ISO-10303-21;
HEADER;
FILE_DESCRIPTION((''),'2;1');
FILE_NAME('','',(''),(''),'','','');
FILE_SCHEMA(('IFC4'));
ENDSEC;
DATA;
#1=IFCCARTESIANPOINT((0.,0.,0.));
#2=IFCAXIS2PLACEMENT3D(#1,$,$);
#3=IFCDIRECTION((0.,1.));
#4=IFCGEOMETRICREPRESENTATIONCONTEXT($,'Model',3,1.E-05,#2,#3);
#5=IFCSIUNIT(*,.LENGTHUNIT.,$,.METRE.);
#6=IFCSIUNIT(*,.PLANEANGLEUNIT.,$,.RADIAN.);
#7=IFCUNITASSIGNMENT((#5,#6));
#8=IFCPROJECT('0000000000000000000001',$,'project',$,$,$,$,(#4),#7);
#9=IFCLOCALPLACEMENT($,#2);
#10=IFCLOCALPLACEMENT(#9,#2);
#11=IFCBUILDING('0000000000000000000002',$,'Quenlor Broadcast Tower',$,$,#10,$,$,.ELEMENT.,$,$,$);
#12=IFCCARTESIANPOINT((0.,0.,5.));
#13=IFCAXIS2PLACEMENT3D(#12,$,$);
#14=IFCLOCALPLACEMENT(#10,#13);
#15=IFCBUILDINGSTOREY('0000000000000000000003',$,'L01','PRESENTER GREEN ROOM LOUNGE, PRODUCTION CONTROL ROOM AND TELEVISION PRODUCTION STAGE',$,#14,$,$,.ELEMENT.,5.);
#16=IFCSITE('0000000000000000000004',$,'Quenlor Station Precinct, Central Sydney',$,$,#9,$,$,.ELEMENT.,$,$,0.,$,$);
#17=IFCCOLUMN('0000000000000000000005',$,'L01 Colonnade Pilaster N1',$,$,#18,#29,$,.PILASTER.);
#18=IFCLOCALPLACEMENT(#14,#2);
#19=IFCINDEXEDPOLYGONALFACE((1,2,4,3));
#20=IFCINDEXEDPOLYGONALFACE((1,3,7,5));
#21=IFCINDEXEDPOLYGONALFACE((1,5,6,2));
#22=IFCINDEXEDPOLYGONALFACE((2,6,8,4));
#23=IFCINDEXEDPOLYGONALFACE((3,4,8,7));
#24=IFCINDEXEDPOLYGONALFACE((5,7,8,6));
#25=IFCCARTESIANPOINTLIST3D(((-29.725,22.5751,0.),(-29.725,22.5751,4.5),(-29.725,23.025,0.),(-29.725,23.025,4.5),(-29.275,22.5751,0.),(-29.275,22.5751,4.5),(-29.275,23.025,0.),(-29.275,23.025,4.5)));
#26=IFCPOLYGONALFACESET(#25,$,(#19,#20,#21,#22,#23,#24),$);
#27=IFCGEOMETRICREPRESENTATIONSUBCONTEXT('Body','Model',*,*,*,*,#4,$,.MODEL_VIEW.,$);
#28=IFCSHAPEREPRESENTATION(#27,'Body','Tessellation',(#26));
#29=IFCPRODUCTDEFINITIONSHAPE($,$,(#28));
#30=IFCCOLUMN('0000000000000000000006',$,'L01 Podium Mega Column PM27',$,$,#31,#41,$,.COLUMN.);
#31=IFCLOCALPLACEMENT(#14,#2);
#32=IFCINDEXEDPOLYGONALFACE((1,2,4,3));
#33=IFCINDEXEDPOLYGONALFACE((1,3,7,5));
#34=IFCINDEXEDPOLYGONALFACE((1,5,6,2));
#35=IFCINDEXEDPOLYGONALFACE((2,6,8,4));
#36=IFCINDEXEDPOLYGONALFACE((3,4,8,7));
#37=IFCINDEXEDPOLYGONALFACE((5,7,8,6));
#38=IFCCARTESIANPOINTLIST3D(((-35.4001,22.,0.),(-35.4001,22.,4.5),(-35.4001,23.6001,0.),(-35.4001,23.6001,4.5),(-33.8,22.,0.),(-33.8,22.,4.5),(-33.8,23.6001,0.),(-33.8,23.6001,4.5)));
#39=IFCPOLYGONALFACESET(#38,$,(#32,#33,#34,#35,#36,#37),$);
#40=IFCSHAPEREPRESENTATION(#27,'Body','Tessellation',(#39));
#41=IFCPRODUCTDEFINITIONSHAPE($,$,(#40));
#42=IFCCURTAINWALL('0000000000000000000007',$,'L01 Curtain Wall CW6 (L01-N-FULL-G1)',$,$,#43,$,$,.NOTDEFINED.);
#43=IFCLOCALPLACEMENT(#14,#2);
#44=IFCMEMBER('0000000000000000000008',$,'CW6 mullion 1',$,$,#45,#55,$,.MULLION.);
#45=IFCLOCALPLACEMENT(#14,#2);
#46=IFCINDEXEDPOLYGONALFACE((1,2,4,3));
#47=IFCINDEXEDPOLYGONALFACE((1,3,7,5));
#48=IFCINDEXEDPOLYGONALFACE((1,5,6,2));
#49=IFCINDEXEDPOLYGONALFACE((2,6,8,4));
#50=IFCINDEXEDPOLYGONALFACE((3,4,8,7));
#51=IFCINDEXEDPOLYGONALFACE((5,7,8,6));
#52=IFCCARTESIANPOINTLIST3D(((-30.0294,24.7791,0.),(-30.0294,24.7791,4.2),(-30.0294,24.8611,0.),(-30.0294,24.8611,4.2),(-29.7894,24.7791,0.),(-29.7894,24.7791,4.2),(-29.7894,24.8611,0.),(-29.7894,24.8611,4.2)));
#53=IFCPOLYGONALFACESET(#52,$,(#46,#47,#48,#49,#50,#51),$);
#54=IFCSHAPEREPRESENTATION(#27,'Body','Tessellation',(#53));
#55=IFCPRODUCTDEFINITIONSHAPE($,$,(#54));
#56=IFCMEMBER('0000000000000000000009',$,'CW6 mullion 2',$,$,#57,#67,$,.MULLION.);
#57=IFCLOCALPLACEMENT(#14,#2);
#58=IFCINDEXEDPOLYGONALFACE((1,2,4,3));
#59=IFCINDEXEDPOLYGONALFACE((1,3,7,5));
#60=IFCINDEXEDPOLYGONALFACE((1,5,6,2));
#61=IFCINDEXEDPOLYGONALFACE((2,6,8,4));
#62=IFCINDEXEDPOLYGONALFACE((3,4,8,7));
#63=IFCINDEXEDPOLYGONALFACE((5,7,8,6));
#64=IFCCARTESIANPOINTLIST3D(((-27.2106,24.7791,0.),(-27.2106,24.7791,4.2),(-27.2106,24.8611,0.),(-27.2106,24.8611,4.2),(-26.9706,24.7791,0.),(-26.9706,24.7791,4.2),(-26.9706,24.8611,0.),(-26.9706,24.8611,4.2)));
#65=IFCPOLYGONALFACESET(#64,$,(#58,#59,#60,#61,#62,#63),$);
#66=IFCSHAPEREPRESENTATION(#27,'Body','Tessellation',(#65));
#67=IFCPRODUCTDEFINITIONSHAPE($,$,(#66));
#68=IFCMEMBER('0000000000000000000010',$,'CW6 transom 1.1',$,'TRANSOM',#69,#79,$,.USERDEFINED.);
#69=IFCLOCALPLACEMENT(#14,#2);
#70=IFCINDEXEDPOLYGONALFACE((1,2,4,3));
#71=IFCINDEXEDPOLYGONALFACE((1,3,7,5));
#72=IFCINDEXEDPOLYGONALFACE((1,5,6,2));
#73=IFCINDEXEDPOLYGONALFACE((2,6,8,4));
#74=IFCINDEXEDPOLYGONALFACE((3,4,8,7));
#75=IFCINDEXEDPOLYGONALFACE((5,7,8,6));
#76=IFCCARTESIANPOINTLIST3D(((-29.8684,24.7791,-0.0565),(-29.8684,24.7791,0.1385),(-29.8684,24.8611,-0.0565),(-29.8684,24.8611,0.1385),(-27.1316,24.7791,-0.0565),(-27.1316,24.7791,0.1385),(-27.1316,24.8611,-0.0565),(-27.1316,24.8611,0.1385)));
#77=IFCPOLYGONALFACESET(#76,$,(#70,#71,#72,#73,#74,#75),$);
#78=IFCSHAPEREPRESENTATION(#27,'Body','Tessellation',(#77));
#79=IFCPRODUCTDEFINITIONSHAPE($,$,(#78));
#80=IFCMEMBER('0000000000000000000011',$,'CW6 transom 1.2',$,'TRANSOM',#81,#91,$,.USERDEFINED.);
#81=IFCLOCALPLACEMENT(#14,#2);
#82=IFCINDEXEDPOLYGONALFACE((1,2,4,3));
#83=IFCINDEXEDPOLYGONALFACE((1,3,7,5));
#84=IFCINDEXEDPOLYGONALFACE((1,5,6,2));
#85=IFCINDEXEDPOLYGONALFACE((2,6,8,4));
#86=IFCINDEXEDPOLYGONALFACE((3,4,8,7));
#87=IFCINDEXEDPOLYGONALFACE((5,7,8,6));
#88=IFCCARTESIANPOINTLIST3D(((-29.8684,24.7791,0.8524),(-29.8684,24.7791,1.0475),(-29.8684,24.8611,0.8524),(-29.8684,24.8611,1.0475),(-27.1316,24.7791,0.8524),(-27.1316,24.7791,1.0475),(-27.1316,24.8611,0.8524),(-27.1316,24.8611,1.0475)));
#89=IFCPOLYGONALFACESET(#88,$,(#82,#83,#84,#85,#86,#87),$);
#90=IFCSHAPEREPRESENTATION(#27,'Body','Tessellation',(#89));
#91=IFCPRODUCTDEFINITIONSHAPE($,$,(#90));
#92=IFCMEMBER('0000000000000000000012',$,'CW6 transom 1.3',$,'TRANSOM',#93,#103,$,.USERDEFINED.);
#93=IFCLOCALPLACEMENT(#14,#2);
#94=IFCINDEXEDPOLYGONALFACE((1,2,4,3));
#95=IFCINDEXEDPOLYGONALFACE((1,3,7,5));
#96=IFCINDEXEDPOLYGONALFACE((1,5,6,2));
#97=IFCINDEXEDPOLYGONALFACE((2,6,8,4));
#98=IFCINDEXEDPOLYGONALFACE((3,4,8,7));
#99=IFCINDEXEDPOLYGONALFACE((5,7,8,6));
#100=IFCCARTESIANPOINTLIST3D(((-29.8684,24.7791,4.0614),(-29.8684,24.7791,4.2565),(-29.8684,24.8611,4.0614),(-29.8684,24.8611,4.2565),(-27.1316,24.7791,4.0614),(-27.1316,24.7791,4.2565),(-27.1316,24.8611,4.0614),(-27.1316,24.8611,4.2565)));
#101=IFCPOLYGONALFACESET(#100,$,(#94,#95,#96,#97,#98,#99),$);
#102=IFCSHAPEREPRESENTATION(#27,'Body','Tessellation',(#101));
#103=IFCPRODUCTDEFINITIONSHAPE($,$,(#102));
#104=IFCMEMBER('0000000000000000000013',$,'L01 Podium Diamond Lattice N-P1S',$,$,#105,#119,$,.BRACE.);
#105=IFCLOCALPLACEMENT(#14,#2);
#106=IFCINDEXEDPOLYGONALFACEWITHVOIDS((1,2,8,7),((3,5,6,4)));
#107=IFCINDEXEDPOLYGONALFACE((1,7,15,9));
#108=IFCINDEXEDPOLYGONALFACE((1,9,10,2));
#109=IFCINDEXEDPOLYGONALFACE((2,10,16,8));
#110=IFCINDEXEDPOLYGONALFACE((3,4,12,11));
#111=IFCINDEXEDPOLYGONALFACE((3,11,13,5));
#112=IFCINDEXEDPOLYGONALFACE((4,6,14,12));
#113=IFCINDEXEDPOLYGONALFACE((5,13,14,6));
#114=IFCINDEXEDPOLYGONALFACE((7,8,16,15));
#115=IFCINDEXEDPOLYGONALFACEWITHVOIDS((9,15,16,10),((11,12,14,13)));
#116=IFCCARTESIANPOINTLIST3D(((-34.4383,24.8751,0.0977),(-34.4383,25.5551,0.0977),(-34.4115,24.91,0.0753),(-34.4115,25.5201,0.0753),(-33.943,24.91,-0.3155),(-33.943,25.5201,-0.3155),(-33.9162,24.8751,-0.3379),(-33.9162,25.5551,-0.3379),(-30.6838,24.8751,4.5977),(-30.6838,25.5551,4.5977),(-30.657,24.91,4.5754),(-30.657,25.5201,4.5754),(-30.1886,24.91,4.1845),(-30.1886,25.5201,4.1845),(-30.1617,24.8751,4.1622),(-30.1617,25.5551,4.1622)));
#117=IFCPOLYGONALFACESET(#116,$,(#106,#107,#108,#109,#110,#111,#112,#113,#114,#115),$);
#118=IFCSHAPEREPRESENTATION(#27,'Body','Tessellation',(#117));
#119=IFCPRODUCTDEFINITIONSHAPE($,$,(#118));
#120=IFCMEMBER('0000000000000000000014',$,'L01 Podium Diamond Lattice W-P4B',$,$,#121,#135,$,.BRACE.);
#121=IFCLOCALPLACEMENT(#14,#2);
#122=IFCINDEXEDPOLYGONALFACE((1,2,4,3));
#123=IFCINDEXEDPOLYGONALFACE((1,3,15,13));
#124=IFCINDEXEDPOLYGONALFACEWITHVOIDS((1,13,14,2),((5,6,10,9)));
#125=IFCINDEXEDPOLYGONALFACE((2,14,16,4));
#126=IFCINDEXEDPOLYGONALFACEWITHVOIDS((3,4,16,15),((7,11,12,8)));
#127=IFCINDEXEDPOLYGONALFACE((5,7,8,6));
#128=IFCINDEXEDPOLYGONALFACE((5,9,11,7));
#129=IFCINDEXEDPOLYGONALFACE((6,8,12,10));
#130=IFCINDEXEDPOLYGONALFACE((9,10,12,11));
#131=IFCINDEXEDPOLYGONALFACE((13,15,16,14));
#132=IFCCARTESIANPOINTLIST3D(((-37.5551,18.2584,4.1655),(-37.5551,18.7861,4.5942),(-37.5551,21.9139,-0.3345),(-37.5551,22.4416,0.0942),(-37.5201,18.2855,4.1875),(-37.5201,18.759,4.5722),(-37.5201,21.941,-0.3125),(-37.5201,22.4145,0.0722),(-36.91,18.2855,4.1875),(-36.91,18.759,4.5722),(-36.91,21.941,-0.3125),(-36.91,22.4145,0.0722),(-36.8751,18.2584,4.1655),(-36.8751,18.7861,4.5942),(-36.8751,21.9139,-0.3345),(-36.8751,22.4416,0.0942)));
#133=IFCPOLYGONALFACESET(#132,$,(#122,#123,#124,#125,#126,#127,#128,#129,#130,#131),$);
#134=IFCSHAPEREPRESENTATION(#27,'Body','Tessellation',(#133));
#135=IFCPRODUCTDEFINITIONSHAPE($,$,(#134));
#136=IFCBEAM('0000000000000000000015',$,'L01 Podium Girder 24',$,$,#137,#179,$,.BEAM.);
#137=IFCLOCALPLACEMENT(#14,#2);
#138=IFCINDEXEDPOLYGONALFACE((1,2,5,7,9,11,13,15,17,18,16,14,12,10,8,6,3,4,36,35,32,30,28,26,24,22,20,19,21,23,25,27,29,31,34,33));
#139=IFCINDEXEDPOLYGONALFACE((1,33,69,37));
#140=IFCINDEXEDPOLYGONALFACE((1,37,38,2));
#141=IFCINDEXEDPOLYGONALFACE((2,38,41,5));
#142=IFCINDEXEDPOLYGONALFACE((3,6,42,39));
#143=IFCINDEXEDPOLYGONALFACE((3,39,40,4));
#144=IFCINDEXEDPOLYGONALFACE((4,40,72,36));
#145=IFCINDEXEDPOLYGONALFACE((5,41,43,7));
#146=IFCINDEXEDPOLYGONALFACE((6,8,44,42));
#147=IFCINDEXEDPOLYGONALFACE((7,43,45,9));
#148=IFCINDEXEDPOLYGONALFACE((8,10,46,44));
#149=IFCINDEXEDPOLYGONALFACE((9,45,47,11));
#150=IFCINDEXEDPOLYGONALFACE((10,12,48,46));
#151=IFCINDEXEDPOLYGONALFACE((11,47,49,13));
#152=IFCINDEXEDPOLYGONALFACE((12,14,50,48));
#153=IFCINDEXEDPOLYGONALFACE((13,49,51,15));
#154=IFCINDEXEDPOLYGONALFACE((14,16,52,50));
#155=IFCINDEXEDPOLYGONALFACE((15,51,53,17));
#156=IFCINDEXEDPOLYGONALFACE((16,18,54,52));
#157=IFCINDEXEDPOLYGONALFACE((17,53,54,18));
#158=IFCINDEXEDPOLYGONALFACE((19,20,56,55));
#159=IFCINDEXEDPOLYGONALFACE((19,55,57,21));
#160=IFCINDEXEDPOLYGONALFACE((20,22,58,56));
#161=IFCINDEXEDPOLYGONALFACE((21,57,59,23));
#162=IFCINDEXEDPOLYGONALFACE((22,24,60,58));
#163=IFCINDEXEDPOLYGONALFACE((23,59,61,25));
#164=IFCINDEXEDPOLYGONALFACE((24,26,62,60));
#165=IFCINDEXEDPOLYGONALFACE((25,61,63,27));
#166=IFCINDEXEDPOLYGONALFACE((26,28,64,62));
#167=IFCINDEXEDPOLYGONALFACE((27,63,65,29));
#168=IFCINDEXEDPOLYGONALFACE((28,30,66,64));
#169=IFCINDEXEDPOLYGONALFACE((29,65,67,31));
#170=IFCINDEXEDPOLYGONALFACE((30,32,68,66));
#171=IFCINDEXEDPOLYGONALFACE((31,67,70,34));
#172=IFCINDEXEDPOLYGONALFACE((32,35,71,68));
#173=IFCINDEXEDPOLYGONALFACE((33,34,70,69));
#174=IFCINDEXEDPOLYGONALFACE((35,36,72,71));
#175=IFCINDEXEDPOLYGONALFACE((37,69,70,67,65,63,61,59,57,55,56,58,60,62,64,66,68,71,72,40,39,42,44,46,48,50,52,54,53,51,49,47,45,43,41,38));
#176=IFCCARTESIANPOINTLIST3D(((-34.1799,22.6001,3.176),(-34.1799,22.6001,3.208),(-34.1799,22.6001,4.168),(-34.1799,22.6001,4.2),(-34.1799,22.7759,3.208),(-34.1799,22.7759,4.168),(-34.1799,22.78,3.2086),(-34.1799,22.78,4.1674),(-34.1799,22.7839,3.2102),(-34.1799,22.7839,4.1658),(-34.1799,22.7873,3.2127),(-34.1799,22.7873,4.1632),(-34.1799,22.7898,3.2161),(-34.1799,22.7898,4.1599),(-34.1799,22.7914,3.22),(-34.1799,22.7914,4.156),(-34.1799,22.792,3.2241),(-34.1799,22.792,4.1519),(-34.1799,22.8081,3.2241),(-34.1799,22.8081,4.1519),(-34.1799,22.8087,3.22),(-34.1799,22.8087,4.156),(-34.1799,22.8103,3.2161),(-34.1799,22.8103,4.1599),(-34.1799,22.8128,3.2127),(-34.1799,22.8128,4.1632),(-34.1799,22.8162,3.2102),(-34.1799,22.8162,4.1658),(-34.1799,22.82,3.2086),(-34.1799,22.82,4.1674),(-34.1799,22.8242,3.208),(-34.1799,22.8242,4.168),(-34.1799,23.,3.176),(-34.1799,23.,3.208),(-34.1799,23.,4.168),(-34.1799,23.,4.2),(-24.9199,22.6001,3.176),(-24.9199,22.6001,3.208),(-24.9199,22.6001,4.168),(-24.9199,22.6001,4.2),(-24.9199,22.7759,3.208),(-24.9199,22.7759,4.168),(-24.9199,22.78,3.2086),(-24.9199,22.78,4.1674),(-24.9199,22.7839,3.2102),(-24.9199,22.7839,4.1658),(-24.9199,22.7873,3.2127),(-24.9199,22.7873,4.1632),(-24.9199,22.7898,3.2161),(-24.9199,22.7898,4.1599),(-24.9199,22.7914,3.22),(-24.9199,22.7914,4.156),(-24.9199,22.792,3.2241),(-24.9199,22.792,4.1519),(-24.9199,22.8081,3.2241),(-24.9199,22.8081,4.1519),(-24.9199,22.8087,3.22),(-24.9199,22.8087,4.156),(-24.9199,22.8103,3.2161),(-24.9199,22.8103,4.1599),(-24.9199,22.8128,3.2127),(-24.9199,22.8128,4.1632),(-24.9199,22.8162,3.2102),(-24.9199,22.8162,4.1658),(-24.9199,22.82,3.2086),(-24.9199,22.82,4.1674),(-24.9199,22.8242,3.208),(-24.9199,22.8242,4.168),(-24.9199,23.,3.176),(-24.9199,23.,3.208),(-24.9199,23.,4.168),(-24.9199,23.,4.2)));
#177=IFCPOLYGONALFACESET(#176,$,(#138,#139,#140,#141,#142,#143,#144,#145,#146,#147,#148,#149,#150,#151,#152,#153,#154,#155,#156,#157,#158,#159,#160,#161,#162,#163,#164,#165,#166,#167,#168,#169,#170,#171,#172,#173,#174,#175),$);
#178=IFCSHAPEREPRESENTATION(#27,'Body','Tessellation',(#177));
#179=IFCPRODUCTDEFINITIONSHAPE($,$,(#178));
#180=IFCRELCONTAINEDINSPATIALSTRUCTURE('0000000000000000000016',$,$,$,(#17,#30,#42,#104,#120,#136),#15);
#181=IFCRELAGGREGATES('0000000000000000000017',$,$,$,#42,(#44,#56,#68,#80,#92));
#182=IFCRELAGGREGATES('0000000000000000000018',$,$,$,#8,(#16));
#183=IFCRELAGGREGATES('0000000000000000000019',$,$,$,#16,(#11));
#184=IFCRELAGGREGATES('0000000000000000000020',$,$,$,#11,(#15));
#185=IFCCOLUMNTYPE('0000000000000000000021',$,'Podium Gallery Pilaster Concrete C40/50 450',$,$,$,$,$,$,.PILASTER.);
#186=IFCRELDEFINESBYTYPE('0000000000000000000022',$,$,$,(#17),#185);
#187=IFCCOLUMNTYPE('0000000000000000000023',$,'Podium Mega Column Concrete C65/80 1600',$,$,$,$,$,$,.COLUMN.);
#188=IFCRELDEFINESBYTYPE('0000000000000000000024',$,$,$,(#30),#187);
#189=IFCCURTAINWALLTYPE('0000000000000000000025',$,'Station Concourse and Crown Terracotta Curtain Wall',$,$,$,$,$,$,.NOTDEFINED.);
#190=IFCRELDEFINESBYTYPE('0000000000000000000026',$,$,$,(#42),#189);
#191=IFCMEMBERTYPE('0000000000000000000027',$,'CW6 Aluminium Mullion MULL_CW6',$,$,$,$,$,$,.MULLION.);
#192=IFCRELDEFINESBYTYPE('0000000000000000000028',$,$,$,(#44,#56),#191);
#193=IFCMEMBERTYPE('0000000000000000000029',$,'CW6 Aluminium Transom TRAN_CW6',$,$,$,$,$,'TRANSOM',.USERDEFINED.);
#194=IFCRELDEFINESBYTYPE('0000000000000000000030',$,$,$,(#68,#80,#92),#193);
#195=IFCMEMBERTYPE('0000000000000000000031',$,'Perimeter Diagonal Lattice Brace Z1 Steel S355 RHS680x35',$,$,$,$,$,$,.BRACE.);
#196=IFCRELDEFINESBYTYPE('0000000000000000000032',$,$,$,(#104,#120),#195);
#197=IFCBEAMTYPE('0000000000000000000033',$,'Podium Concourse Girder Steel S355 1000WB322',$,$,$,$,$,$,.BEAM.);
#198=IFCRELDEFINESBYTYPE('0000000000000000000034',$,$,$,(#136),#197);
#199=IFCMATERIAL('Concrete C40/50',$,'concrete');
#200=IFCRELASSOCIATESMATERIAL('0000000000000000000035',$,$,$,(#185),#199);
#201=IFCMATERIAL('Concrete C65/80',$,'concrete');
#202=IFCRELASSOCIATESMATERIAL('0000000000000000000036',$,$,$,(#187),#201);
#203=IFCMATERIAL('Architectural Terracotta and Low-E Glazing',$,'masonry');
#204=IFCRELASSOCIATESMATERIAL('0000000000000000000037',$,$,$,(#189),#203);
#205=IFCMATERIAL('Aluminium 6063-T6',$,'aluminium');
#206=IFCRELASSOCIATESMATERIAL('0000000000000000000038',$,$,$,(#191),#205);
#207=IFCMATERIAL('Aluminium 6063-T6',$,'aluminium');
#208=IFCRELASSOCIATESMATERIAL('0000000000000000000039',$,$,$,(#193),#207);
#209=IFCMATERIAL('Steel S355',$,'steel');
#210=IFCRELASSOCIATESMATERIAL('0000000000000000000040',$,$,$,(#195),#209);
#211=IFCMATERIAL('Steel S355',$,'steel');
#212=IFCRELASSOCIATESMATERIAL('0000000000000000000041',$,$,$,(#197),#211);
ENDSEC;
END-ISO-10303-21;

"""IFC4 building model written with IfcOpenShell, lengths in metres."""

from ifc_helpers import new_model, si_unit, direction, frame, origin, origin_2d, place, context, subcontext, project, spatial, rectangle, hollow_rectangle, i_section, extrude, material, material_profile, profile_set, type_object, element, aggregate, save


model = new_model("IFC4")

# Units and contexts
model_context = context("Model", 3, precision=1e-05, world=origin(), true_north=direction((0.0, 1.0)))
body_context = subcontext(model_context, "Body", "Model", "MODEL_VIEW")
ifc_project = project(units=[si_unit("LENGTHUNIT", "METRE"), si_unit("PLANEANGLEUNIT", "RADIAN")], contexts=[model_context])

# Site, building, storey
site_placement = place(None, origin())
site = spatial("IfcSite", under=ifc_project, at=site_placement, Name="Quenlor Station Precinct, Central Sydney", CompositionType="ELEMENT", RefElevation=0.0)
building_placement = place(site_placement, origin())
building = spatial("IfcBuilding", under=site, at=building_placement, Name="Quenlor Broadcast Tower", CompositionType="ELEMENT")
storey_placement = place(building_placement, frame((0.0, 0.0, 5.0)))
storey = spatial("IfcBuildingStorey", under=building, at=storey_placement, Name="L01", Description="PRESENTER GREEN ROOM LOUNGE, PRODUCTION CONTROL ROOM AND TELEVISION PRODUCTION STAGE", CompositionType="ELEMENT", Elevation=5.0)

# Columns
ifc_material_1 = material(Name="Concrete C40/50", Category="concrete")
ifc_material_profile_1 = material_profile(ifc_material_1, rectangle(XDim=0.45, YDim=0.45, at=origin_2d()))
ifc_profile_set_1 = profile_set([ifc_material_profile_1], Name="Concrete C40/50 PIL450x450")
column_type_1 = type_object("IfcColumnType", Name="Podium Gallery Pilaster Concrete C40/50 450", PredefinedType="PILASTER", material=ifc_profile_set_1)
column_1_placement = place(storey_placement, frame((-29.5, 22.8, 0.0), z_axis=(0.0, 0.0, 1.0), x_axis=(1.0, 0.0, 0.0)))
element("IfcColumn", 1, at=column_1_placement, inside=storey, type_object=column_type_1, Name="L01 Colonnade Pilaster N1", PredefinedType="PILASTER", context=body_context, shape_type="SweptSolid", body=[
    extrude(rectangle(XDim=0.45, YDim=0.45, at=origin_2d()), origin(), (0.0, 0.0, 1.0), 4.5),
])
ifc_material_2 = material(Name="Concrete C65/80", Category="concrete")
ifc_material_profile_2 = material_profile(ifc_material_2, rectangle(XDim=1.6001, YDim=1.6001, at=origin_2d()))
ifc_profile_set_2 = profile_set([ifc_material_profile_2], Name="Concrete C65/80 RC1600x1600")
column_type_2 = type_object("IfcColumnType", Name="Podium Mega Column Concrete C65/80 1600", PredefinedType="COLUMN", material=ifc_profile_set_2)
column_2_placement = place(storey_placement, frame((-34.6001, 22.8, 0.0), z_axis=(0.0, 0.0, 1.0), x_axis=(1.0, 0.0, 0.0)))
element("IfcColumn", 2, at=column_2_placement, inside=storey, type_object=column_type_2, Name="L01 Podium Mega Column PM27", PredefinedType="COLUMN", context=body_context, shape_type="SweptSolid", body=[
    extrude(rectangle(XDim=1.6001, YDim=1.6001, at=origin_2d()), origin(), (0.0, 0.0, 1.0), 4.5),
])

# Curtain wall, members
ifc_material_3 = material(Name="Architectural Terracotta and Low-E Glazing", Category="masonry")
curtain_wall_type = type_object("IfcCurtainWallType", Name="Station Concourse and Crown Terracotta Curtain Wall", PredefinedType="NOTDEFINED", material=ifc_material_3)
curtain_wall_placement = place(storey_placement, origin())
curtain_wall = element("IfcCurtainWall", 3, at=curtain_wall_placement, inside=storey, type_object=curtain_wall_type, Name="L01 Curtain Wall CW6 (L01-N-FULL-G1)", PredefinedType="NOTDEFINED")
ifc_material_4 = material(Name="Aluminium 6063-T6", Category="aluminium")
ifc_material_profile_3 = material_profile(ifc_material_4, rectangle(XDim=0.082, YDim=0.24, at=origin_2d()))
ifc_profile_set_3 = profile_set([ifc_material_profile_3], Name="Aluminium 6063-T6 MULL82x240")
member_type_1 = type_object("IfcMemberType", Name="CW6 Aluminium Mullion MULL_CW6", PredefinedType="MULLION", material=ifc_profile_set_3)
member_1_placement = place(storey_placement, frame((-29.9094, 24.8201, 0.0), z_axis=(0.0, 0.0, 1.0), x_axis=(0.0, 1.0, 0.0)))
member_1 = element("IfcMember", 4, at=member_1_placement, type_object=member_type_1, Name="CW6 mullion 1", PredefinedType="MULLION", context=body_context, shape_type="SweptSolid", body=[
    extrude(rectangle(XDim=0.082, YDim=0.24, at=origin_2d()), origin(), (0.0, 0.0, 1.0), 4.2),
])
member_2_placement = place(storey_placement, frame((-27.0906, 24.8201, 0.0), z_axis=(0.0, 0.0, 1.0), x_axis=(0.0, 1.0, 0.0)))
member_2 = element("IfcMember", 5, at=member_2_placement, type_object=member_type_1, Name="CW6 mullion 2", PredefinedType="MULLION", context=body_context, shape_type="SweptSolid", body=[
    extrude(rectangle(XDim=0.082, YDim=0.24, at=origin_2d()), origin(), (0.0, 0.0, 1.0), 4.2),
])
ifc_material_5 = material(Name="Aluminium 6063-T6", Category="aluminium")
ifc_material_profile_4 = material_profile(ifc_material_5, rectangle(XDim=0.082, YDim=0.1951, at=origin_2d()))
ifc_profile_set_4 = profile_set([ifc_material_profile_4], Name="Aluminium 6063-T6 TRAN82x195")
member_type_2 = type_object("IfcMemberType", Name="CW6 Aluminium Transom TRAN_CW6", ElementType="TRANSOM", PredefinedType="USERDEFINED", material=ifc_profile_set_4)
member_3_placement = place(storey_placement, frame((-29.8684, 24.8201, 0.041), z_axis=(1.0, 0.0, 0.0), x_axis=(0.0, 1.0, 0.0)))
member_3 = element("IfcMember", 6, at=member_3_placement, type_object=member_type_2, Name="CW6 transom 1.1", ObjectType="TRANSOM", PredefinedType="USERDEFINED", context=body_context, shape_type="SweptSolid", body=[
    extrude(rectangle(XDim=0.082, YDim=0.1951, at=origin_2d()), origin(), (0.0, 0.0, 1.0), 2.7368),
])
member_4_placement = place(storey_placement, frame((-29.8684, 24.8201, 0.95), z_axis=(1.0, 0.0, 0.0), x_axis=(0.0, 1.0, 0.0)))
member_4 = element("IfcMember", 7, at=member_4_placement, type_object=member_type_2, Name="CW6 transom 1.2", ObjectType="TRANSOM", PredefinedType="USERDEFINED", context=body_context, shape_type="SweptSolid", body=[
    extrude(rectangle(XDim=0.082, YDim=0.1951, at=origin_2d()), origin(), (0.0, 0.0, 1.0), 2.7368),
])
member_5_placement = place(storey_placement, frame((-29.8684, 24.8201, 4.1589), z_axis=(1.0, 0.0, 0.0), x_axis=(0.0, 1.0, 0.0)))
member_5 = element("IfcMember", 8, at=member_5_placement, type_object=member_type_2, Name="CW6 transom 1.3", ObjectType="TRANSOM", PredefinedType="USERDEFINED", context=body_context, shape_type="SweptSolid", body=[
    extrude(rectangle(XDim=0.082, YDim=0.1951, at=origin_2d()), origin(), (0.0, 0.0, 1.0), 2.7368),
])

# Members
ifc_material_6 = material(Name="Steel S355", Category="steel")
ifc_material_profile_5 = material_profile(ifc_material_6, hollow_rectangle(XDim=0.6799, YDim=0.6799, WallThickness=0.0349, at=origin_2d()))
ifc_profile_set_5 = profile_set([ifc_material_profile_5], Name="Steel S355 RHS680x680x35")
member_type_3 = type_object("IfcMemberType", Name="Perimeter Diagonal Lattice Brace Z1 Steel S355 RHS680x35", PredefinedType="BRACE", material=ifc_profile_set_5)
member_6_placement = place(storey_placement, frame((-34.1772, 25.2151, -0.1201), z_axis=(0.640627, 0.0, 0.767852), x_axis=(0.0, 1.0, 0.0)))
element("IfcMember", 9, at=member_6_placement, inside=storey, type_object=member_type_3, Name="L01 Podium Diamond Lattice N-P1S", PredefinedType="BRACE", context=body_context, shape_type="SweptSolid", body=[
    extrude(hollow_rectangle(XDim=0.6799, YDim=0.6799, WallThickness=0.0349, at=origin_2d()), origin(), (0.0, 0.0, 1.0), 5.8606),
])
member_7_placement = place(storey_placement, frame((-37.2151, 22.1777, -0.1201), z_axis=(0.0, -0.630517, 0.776176), x_axis=(1.0, 0.0, 0.0)))
element("IfcMember", 10, at=member_7_placement, inside=storey, type_object=member_type_3, Name="L01 Podium Diamond Lattice W-P4B", PredefinedType="BRACE", context=body_context, shape_type="SweptSolid", body=[
    extrude(hollow_rectangle(XDim=0.6799, YDim=0.6799, WallThickness=0.0349, at=origin_2d()), origin(), (0.0, 0.0, 1.0), 5.7976),
])

# Beam
ifc_material_7 = material(Name="Steel S355", Category="steel")
ifc_material_profile_6 = material_profile(ifc_material_7, i_section(OverallWidth=0.3999, OverallDepth=1.0239, WebThickness=0.0161, FlangeThickness=0.032, FilletRadius=0.0161, at=origin_2d()))
ifc_profile_set_6 = profile_set([ifc_material_profile_6], Name="Steel S355 1000WB322")
beam_type = type_object("IfcBeamType", Name="Podium Concourse Girder Steel S355 1000WB322", PredefinedType="BEAM", material=ifc_profile_set_6)
beam_placement = place(storey_placement, frame((-34.1799, 22.8, 3.688), z_axis=(1.0, 0.0, 0.0), x_axis=(0.0, 1.0, 0.0)))
element("IfcBeam", 11, at=beam_placement, inside=storey, type_object=beam_type, Name="L01 Podium Girder 24", PredefinedType="BEAM", context=body_context, shape_type="SweptSolid", body=[
    extrude(i_section(OverallWidth=0.3999, OverallDepth=1.0239, WebThickness=0.0161, FlangeThickness=0.032, FilletRadius=0.0161, at=origin_2d()), origin(), (0.0, 0.0, 1.0), 9.26),
])

aggregate(curtain_wall, [member_1, member_2, member_3, member_4, member_5])

save(model, "model.ifc")
